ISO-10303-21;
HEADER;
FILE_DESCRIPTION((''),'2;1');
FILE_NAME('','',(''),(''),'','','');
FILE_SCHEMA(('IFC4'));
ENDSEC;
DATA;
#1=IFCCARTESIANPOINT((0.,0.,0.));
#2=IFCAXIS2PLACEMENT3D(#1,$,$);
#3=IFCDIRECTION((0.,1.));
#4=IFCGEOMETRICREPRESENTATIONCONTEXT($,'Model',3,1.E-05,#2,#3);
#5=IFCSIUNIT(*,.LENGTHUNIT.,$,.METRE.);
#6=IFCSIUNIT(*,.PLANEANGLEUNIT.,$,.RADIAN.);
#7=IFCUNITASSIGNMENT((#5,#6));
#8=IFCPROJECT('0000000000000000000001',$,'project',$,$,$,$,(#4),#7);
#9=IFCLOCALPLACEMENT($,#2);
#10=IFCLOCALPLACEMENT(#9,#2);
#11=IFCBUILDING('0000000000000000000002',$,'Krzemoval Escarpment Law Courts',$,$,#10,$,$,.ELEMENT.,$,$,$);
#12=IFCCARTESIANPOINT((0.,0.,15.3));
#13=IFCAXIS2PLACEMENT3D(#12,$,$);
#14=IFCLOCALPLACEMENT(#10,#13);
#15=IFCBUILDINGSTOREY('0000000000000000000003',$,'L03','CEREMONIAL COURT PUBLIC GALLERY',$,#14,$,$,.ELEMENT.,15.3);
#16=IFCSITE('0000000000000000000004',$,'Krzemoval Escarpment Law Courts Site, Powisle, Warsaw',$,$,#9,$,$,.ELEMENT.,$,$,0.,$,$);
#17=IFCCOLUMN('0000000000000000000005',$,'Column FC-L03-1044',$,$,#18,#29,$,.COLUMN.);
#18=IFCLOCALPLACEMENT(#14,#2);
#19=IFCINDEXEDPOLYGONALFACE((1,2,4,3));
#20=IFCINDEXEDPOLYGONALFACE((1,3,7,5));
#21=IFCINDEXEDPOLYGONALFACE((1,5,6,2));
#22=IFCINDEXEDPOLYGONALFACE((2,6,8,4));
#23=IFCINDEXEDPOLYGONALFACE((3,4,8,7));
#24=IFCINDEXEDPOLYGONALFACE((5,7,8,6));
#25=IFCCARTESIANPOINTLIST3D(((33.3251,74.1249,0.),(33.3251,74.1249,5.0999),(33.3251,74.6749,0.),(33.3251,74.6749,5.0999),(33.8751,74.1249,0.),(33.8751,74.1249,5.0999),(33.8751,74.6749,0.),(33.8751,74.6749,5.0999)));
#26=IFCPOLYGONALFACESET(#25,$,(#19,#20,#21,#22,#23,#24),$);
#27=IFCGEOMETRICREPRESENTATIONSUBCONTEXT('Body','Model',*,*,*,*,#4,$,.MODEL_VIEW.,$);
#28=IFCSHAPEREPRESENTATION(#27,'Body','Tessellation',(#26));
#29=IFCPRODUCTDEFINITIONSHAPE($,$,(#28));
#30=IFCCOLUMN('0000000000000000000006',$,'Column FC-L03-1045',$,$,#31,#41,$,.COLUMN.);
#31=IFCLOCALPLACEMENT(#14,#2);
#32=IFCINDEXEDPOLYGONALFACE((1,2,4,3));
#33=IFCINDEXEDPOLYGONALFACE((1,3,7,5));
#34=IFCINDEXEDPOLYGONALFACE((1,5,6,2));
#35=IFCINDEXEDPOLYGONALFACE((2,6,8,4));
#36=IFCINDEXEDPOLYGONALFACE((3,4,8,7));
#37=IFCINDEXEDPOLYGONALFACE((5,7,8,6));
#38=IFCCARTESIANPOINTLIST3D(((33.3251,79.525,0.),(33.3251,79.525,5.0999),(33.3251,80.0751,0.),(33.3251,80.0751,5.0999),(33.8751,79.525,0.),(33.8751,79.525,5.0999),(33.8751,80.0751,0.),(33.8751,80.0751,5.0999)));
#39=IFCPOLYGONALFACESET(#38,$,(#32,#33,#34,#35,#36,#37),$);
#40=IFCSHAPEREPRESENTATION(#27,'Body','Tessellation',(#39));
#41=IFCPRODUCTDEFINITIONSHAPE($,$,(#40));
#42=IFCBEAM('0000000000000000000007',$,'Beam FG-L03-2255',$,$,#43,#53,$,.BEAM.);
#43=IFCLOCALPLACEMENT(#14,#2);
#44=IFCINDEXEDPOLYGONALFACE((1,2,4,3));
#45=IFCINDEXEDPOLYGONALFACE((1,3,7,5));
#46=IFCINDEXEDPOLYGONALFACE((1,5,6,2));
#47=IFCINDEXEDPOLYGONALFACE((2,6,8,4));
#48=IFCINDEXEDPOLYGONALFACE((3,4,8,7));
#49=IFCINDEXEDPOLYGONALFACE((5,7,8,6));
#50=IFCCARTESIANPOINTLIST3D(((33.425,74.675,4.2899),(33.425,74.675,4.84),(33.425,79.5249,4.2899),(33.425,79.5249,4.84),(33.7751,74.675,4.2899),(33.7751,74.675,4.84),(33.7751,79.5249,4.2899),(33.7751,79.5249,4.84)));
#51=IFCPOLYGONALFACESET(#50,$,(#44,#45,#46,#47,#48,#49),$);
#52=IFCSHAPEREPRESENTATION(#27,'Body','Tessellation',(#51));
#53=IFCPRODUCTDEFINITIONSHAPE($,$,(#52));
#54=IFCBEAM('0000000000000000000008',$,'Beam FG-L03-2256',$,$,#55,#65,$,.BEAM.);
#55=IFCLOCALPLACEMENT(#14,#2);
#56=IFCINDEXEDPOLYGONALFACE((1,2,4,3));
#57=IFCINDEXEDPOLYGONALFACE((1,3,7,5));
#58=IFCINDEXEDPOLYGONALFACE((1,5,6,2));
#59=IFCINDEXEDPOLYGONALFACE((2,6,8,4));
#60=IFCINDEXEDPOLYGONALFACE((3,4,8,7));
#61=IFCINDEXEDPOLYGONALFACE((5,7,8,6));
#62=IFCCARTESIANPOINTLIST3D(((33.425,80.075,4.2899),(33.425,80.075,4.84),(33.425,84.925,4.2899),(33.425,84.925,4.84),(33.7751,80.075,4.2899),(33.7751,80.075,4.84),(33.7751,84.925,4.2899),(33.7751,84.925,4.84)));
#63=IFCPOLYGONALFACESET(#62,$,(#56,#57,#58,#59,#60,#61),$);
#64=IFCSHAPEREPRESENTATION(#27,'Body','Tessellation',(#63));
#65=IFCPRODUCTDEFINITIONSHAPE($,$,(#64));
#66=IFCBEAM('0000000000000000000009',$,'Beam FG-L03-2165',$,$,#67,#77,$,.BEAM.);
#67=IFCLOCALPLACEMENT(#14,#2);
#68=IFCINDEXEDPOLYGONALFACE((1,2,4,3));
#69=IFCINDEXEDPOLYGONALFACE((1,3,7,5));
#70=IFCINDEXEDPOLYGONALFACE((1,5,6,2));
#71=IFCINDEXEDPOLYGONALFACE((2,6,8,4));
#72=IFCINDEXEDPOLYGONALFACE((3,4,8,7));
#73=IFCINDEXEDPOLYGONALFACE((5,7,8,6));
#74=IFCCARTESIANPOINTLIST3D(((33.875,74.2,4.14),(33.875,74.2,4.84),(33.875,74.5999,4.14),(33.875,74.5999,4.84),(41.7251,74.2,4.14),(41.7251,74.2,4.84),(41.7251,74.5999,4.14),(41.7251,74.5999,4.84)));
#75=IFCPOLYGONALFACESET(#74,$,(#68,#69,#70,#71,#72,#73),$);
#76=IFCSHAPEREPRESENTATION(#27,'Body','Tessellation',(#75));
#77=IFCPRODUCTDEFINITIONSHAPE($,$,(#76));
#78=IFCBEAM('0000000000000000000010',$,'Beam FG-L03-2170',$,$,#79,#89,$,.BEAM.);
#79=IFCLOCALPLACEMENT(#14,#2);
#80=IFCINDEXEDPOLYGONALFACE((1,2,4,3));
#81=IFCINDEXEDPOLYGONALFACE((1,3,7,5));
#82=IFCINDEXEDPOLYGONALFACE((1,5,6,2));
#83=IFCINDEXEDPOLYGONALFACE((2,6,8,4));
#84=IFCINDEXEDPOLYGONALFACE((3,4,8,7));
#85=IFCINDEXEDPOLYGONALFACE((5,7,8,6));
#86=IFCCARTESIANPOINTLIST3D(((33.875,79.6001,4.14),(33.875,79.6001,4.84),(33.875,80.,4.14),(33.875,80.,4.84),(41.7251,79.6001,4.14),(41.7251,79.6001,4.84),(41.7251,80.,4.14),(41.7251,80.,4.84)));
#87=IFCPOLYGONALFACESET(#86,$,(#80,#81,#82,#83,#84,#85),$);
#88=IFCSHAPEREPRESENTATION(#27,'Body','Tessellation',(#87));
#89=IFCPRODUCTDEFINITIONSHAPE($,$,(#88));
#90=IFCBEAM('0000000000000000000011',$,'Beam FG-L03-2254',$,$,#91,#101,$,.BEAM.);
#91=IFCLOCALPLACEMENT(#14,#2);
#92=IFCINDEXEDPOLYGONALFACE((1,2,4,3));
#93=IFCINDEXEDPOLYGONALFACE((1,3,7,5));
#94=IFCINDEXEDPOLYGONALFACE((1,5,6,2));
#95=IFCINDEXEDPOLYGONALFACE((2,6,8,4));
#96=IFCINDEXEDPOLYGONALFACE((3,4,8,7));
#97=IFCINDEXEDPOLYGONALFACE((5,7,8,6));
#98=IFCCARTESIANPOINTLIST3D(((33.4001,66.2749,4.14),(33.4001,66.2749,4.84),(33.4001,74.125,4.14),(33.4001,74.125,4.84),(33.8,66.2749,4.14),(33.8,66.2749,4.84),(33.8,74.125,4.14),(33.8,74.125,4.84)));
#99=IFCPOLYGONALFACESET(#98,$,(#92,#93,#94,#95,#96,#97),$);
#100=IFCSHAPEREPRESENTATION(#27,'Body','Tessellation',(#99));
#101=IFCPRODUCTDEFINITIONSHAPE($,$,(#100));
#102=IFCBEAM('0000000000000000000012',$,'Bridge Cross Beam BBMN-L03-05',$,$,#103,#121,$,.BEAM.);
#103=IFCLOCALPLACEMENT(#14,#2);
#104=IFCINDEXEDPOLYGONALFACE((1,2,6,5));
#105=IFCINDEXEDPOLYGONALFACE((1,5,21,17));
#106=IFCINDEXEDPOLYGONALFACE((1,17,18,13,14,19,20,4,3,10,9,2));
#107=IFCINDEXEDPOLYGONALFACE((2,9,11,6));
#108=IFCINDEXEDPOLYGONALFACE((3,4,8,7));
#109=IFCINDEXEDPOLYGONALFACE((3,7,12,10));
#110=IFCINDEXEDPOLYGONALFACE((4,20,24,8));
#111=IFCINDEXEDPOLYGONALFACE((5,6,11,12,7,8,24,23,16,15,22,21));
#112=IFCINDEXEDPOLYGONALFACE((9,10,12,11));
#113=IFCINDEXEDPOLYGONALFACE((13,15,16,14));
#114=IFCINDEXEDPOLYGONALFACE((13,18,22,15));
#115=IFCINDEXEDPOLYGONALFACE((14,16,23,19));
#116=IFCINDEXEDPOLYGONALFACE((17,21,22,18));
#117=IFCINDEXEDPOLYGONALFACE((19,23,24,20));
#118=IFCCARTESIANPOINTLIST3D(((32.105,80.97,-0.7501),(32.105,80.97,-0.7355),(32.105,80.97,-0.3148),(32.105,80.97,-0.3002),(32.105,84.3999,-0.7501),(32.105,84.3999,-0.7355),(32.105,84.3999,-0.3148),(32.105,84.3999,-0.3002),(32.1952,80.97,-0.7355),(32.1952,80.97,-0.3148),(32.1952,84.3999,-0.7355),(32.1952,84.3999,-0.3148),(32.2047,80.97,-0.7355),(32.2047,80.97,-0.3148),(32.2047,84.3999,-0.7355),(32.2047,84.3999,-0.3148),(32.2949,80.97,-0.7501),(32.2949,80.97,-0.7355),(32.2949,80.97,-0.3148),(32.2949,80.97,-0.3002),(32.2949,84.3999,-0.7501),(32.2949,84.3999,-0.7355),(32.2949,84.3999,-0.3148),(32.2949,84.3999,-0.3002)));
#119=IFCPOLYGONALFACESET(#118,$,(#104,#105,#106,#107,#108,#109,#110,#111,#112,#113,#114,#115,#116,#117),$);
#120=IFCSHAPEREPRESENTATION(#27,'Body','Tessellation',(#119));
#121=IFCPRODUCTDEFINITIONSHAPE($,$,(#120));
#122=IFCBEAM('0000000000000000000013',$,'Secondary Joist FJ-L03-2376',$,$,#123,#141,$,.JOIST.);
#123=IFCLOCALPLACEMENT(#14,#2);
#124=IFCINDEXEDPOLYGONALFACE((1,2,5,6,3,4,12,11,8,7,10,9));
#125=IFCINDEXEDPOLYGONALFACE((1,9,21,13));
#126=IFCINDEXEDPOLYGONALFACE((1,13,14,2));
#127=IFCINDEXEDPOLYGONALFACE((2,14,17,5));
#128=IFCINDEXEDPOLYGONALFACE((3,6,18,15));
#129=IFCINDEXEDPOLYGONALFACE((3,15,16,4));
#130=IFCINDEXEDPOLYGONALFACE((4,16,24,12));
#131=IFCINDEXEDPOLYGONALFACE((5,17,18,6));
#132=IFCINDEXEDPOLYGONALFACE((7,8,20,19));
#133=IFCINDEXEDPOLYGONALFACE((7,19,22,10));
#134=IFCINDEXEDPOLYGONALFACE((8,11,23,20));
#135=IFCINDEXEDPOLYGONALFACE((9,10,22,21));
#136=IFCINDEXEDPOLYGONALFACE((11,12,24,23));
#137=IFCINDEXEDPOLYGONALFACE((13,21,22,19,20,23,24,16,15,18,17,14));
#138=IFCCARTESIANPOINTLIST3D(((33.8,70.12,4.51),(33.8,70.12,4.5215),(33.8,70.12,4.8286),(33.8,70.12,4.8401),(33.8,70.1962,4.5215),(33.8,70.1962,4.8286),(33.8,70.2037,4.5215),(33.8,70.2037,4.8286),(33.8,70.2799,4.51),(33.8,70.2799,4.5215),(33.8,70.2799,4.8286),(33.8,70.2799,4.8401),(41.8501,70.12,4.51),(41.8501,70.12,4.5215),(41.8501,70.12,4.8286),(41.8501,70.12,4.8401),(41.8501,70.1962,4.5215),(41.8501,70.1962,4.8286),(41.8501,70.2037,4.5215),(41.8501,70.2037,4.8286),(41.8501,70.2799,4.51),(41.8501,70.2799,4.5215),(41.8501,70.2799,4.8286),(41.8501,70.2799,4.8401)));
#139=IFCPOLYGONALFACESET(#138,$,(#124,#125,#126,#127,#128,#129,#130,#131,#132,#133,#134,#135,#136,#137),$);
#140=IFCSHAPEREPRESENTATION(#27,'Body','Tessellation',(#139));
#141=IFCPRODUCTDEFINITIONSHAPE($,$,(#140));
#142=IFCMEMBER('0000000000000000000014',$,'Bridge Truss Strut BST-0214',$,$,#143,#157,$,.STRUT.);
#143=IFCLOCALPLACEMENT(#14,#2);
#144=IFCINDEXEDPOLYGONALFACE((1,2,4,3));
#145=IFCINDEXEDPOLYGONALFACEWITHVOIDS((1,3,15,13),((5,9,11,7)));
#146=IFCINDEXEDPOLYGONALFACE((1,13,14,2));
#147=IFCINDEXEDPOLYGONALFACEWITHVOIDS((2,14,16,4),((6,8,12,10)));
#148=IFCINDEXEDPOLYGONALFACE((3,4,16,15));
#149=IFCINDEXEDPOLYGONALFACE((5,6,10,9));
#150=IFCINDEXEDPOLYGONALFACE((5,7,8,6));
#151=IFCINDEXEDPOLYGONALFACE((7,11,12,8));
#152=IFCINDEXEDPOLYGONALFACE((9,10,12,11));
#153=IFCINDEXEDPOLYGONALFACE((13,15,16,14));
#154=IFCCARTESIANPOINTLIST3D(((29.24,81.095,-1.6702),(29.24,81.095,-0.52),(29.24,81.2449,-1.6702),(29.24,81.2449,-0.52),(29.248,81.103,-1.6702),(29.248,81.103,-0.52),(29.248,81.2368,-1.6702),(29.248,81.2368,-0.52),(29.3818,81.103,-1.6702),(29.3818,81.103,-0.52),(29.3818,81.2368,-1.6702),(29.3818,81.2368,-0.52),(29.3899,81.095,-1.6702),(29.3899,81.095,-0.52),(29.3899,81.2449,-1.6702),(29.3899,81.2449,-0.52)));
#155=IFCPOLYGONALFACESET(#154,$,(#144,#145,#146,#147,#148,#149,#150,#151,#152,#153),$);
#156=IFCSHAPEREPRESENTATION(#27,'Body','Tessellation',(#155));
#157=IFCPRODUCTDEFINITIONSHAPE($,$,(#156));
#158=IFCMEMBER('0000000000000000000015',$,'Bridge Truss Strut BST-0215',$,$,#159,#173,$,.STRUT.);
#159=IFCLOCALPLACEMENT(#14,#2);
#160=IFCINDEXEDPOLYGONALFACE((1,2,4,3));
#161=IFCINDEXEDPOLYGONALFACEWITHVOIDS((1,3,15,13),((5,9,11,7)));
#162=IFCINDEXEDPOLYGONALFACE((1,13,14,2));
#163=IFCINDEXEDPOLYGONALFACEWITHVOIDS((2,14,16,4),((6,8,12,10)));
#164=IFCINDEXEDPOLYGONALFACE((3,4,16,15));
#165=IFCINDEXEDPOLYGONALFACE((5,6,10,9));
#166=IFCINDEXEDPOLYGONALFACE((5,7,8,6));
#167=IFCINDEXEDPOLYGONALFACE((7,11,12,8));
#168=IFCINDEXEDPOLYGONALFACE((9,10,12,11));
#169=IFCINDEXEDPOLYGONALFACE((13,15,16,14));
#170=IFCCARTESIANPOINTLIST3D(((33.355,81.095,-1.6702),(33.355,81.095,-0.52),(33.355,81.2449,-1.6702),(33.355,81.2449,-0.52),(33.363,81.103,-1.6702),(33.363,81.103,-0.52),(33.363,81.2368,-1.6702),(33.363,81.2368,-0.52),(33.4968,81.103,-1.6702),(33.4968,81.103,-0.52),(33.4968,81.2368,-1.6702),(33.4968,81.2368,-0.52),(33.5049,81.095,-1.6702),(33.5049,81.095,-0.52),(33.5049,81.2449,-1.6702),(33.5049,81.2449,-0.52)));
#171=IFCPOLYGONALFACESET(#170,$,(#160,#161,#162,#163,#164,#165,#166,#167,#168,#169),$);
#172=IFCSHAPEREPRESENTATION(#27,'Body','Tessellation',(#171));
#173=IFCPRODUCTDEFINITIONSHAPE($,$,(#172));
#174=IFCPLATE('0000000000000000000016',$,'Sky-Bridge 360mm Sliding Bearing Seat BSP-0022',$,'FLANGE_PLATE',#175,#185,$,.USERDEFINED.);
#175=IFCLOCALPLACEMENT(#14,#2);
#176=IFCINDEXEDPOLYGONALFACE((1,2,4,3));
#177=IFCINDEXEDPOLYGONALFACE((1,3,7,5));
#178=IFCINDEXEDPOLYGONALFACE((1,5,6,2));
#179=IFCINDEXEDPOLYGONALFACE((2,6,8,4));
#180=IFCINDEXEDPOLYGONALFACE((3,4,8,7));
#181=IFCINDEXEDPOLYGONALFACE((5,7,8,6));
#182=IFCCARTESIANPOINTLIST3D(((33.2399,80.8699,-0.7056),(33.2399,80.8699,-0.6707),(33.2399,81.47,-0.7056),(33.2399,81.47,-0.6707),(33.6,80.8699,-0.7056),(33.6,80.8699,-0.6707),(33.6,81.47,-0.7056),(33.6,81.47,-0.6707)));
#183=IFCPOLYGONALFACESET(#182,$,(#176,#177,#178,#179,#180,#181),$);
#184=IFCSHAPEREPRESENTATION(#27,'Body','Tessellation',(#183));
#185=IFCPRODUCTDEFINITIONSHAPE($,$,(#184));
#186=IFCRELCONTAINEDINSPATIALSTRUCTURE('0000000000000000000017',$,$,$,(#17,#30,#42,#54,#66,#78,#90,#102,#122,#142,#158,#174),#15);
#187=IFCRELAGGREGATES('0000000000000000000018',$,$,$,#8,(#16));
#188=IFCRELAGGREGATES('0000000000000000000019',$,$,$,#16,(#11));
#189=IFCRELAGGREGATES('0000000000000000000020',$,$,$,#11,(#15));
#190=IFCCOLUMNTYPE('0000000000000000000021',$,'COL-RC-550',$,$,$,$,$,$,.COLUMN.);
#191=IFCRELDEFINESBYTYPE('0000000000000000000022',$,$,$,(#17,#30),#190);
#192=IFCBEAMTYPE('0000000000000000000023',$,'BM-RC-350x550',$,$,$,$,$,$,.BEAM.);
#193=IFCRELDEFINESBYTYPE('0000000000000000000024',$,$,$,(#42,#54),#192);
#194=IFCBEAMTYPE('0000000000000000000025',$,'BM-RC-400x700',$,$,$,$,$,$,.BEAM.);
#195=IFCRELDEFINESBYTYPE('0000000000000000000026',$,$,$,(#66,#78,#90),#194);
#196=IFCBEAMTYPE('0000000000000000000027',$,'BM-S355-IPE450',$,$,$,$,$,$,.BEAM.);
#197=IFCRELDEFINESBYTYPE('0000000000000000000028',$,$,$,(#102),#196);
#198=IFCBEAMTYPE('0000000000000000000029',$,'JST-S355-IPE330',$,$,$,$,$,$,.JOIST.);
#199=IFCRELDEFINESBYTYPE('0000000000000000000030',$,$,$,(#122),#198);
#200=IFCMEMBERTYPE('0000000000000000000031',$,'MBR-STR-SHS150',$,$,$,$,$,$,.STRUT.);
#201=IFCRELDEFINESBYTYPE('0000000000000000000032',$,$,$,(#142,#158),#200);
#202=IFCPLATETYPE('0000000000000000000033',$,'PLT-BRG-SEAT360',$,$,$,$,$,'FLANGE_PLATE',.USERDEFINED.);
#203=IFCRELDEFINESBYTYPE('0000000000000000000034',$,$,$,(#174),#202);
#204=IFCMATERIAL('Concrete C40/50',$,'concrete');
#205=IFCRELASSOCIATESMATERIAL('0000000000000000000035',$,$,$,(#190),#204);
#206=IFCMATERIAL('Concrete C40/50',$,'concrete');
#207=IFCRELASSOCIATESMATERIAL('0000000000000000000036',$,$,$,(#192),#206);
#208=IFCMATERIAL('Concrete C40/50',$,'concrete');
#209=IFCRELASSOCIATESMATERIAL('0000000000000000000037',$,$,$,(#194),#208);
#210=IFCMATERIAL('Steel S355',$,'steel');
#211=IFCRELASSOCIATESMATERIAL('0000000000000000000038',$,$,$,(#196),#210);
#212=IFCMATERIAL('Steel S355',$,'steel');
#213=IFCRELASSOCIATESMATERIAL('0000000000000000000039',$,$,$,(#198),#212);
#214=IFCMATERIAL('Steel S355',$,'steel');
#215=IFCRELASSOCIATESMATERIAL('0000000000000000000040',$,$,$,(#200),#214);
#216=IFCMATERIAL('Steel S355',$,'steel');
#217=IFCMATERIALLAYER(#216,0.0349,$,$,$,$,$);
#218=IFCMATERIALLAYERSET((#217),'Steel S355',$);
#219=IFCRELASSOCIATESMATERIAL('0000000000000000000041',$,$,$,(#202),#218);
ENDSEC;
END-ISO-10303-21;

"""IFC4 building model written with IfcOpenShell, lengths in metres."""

from ifc_helpers import new_model, si_unit, direction, frame, origin, origin_2d, place, context, subcontext, project, spatial, rectangle, hollow_rectangle, i_section, extrude, material, layer, layer_set, material_profile, profile_set, type_object, element, save


model = new_model("IFC4")

# Units and contexts
model_context = context("Model", 3, precision=1e-05, world=origin(), true_north=direction((0.0, 1.0)))
body_context = subcontext(model_context, "Body", "Model", "MODEL_VIEW")
ifc_project = project(units=[si_unit("LENGTHUNIT", "METRE"), si_unit("PLANEANGLEUNIT", "RADIAN")], contexts=[model_context])

# Site, building, storey
site_placement = place(None, origin())
site = spatial("IfcSite", under=ifc_project, at=site_placement, Name="Krzemoval Escarpment Law Courts Site, Powisle, Warsaw", CompositionType="ELEMENT", RefElevation=0.0)
building_placement = place(site_placement, origin())
building = spatial("IfcBuilding", under=site, at=building_placement, Name="Krzemoval Escarpment Law Courts", CompositionType="ELEMENT")
storey_placement = place(building_placement, frame((0.0, 0.0, 15.3)))
storey = spatial("IfcBuildingStorey", under=building, at=storey_placement, Name="L03", Description="CEREMONIAL COURT PUBLIC GALLERY", CompositionType="ELEMENT", Elevation=15.3)

# Columns
ifc_material_1 = material(Name="Concrete C40/50", Category="concrete")
ifc_material_profile_1 = material_profile(ifc_material_1, rectangle(XDim=0.55, YDim=0.55, at=origin_2d()), Name="RC 550x550")
ifc_profile_set_1 = profile_set([ifc_material_profile_1], Name="Concrete C40/50")
column_type = type_object("IfcColumnType", Name="COL-RC-550", PredefinedType="COLUMN", material=ifc_profile_set_1)
for number, where, z_axis, x_axis, name in (
    (1, (33.6001, 74.3999, 0.0), (0.0, 0.0, 1.0), (1.0, 0.0, 0.0), "Column FC-L03-1044"),
    (2, (33.6001, 79.8, 0.0), (0.0, 0.0, 1.0), (1.0, 0.0, 0.0), "Column FC-L03-1045"),
):
    element("IfcColumn", number, at=place(storey_placement, frame(where, z_axis=z_axis, x_axis=x_axis)), inside=storey, type_object=column_type, Name=name, PredefinedType="COLUMN", context=body_context, shape_type="SweptSolid", body=[
        extrude(rectangle(XDim=0.55, YDim=0.55, at=origin_2d()), origin(), (0.0, 0.0, 1.0), 5.0999),
    ])

# Beams
ifc_material_2 = material(Name="Concrete C40/50", Category="concrete")
ifc_material_profile_2 = material_profile(ifc_material_2, rectangle(XDim=0.3501, YDim=0.55, at=origin_2d()), Name="RCB 350x550")
ifc_profile_set_2 = profile_set([ifc_material_profile_2], Name="Concrete C40/50")
beam_type_1 = type_object("IfcBeamType", Name="BM-RC-350x550", PredefinedType="BEAM", material=ifc_profile_set_2)
beam_1_placement = place(storey_placement, frame((33.6001, 74.675, 4.5649), z_axis=(0.0, 1.0, 0.0), x_axis=(-1.0, 0.0, 0.0)))
element("IfcBeam", 3, at=beam_1_placement, inside=storey, type_object=beam_type_1, Name="Beam FG-L03-2255", PredefinedType="BEAM", context=body_context, shape_type="SweptSolid", body=[
    extrude(rectangle(XDim=0.3501, YDim=0.55, at=origin_2d()), origin(), (0.0, 0.0, 1.0), 4.8499),
])
beam_2_placement = place(storey_placement, frame((33.6001, 80.075, 4.5649), z_axis=(0.0, 1.0, 0.0), x_axis=(-1.0, 0.0, 0.0)))
element("IfcBeam", 4, at=beam_2_placement, inside=storey, type_object=beam_type_1, Name="Beam FG-L03-2256", PredefinedType="BEAM", context=body_context, shape_type="SweptSolid", body=[
    extrude(rectangle(XDim=0.3501, YDim=0.55, at=origin_2d()), origin(), (0.0, 0.0, 1.0), 4.8501),
])
ifc_material_3 = material(Name="Concrete C40/50", Category="concrete")
ifc_material_profile_3 = material_profile(ifc_material_3, rectangle(XDim=0.3999, YDim=0.7, at=origin_2d()), Name="RCB 400x700")
ifc_profile_set_3 = profile_set([ifc_material_profile_3], Name="Concrete C40/50")
beam_type_2 = type_object("IfcBeamType", Name="BM-RC-400x700", PredefinedType="BEAM", material=ifc_profile_set_3)
for number, where, z_axis, x_axis, name in (
    (5, (33.875, 74.3999, 4.49), (1.0, 0.0, 0.0), (0.0, 1.0, 0.0), "Beam FG-L03-2165"),
    (6, (33.875, 79.8, 4.49), (1.0, 0.0, 0.0), (0.0, 1.0, 0.0), "Beam FG-L03-2170"),
    (7, (33.6001, 66.2749, 4.49), (0.0, 1.0, 0.0), (-1.0, 0.0, 0.0), "Beam FG-L03-2254"),
):
    element("IfcBeam", number, at=place(storey_placement, frame(where, z_axis=z_axis, x_axis=x_axis)), inside=storey, type_object=beam_type_2, Name=name, PredefinedType="BEAM", context=body_context, shape_type="SweptSolid", body=[
        extrude(rectangle(XDim=0.3999, YDim=0.7, at=origin_2d()), origin(), (0.0, 0.0, 1.0), 7.8501),
    ])
ifc_material_4 = material(Name="Steel S355", Category="steel")
ifc_material_profile_4 = material_profile(ifc_material_4, i_section(OverallWidth=0.1899, OverallDepth=0.45, WebThickness=0.0095, FlangeThickness=0.0146, at=origin_2d()), Name="IPE 450")
ifc_profile_set_4 = profile_set([ifc_material_profile_4], Name="Steel S355")
beam_type_3 = type_object("IfcBeamType", Name="BM-S355-IPE450", PredefinedType="BEAM", material=ifc_profile_set_4)
beam_3_placement = place(storey_placement, frame((32.2, 80.97, -0.5251), z_axis=(0.0, 1.0, 0.0), x_axis=(-1.0, 0.0, 0.0)))
element("IfcBeam", 8, at=beam_3_placement, inside=storey, type_object=beam_type_3, Name="Bridge Cross Beam BBMN-L03-05", PredefinedType="BEAM", context=body_context, shape_type="SweptSolid", body=[
    extrude(i_section(OverallWidth=0.1899, OverallDepth=0.45, WebThickness=0.0095, FlangeThickness=0.0146, at=origin_2d()), origin(), (0.0, 0.0, 1.0), 3.4299),
])
ifc_material_5 = material(Name="Steel S355", Category="steel")
ifc_material_profile_5 = material_profile(ifc_material_5, i_section(OverallWidth=0.1599, OverallDepth=0.3301, WebThickness=0.0076, FlangeThickness=0.0115, at=origin_2d()), Name="IPE 330")
ifc_profile_set_5 = profile_set([ifc_material_profile_5], Name="Steel S355")
beam_type_4 = type_object("IfcBeamType", Name="JST-S355-IPE330", PredefinedType="JOIST", material=ifc_profile_set_5)
beam_4_placement = place(storey_placement, frame((33.8, 70.2, 4.675), z_axis=(1.0, 0.0, 0.0), x_axis=(0.0, 1.0, 0.0)))
element("IfcBeam", 9, at=beam_4_placement, inside=storey, type_object=beam_type_4, Name="Secondary Joist FJ-L03-2376", PredefinedType="JOIST", context=body_context, shape_type="SweptSolid", body=[
    extrude(i_section(OverallWidth=0.1599, OverallDepth=0.3301, WebThickness=0.0076, FlangeThickness=0.0115, at=origin_2d()), origin(), (0.0, 0.0, 1.0), 8.05),
])

# Members
ifc_material_6 = material(Name="Steel S355", Category="steel")
ifc_material_profile_6 = material_profile(ifc_material_6, hollow_rectangle(XDim=0.1499, YDim=0.1499, WallThickness=0.0081, at=origin_2d()), Name="SHS 150x150x8")
ifc_profile_set_6 = profile_set([ifc_material_profile_6], Name="Steel S355")
member_type = type_object("IfcMemberType", Name="MBR-STR-SHS150", PredefinedType="STRUT", material=ifc_profile_set_6)
for number, where, z_axis, x_axis, name in (
    (10, (29.3149, 81.1699, -1.6702), (0.0, 0.0, 1.0), (1.0, 0.0, 0.0), "Bridge Truss Strut BST-0214"),
    (11, (33.4299, 81.1699, -1.6702), (0.0, 0.0, 1.0), (1.0, 0.0, 0.0), "Bridge Truss Strut BST-0215"),
):
    element("IfcMember", number, at=place(storey_placement, frame(where, z_axis=z_axis, x_axis=x_axis)), inside=storey, type_object=member_type, Name=name, PredefinedType="STRUT", context=body_context, shape_type="SweptSolid", body=[
        extrude(hollow_rectangle(XDim=0.1499, YDim=0.1499, WallThickness=0.0081, at=origin_2d()), origin(), (0.0, 0.0, 1.0), 1.1501),
    ])

# Plate
ifc_material_7 = material(Name="Steel S355", Category="steel")
ifc_layer_1 = layer(ifc_material_7, 0.0349)
ifc_layer_set_1 = layer_set([ifc_layer_1], Name="Steel S355")
plate_type_1 = type_object("IfcPlateType", Name="PLT-BRG-SEAT360", ElementType="FLANGE_PLATE", PredefinedType="USERDEFINED", material=ifc_layer_set_1)
plate_1_placement = place(storey_placement, frame((33.4199, 81.1699, -0.7056), z_axis=(0.0, 0.0, 1.0), x_axis=(1.0, 0.0, 0.0)))
element("IfcPlate", 12, at=plate_1_placement, inside=storey, type_object=plate_type_1, Name="Sky-Bridge 360mm Sliding Bearing Seat BSP-0022", ObjectType="FLANGE_PLATE", PredefinedType="USERDEFINED", context=body_context, shape_type="SweptSolid", body=[
    extrude(rectangle(XDim=0.3601, YDim=0.6001, at=origin_2d()), origin(), (0.0, 0.0, 1.0), 0.0349),
])

save(model, "model.ifc")
